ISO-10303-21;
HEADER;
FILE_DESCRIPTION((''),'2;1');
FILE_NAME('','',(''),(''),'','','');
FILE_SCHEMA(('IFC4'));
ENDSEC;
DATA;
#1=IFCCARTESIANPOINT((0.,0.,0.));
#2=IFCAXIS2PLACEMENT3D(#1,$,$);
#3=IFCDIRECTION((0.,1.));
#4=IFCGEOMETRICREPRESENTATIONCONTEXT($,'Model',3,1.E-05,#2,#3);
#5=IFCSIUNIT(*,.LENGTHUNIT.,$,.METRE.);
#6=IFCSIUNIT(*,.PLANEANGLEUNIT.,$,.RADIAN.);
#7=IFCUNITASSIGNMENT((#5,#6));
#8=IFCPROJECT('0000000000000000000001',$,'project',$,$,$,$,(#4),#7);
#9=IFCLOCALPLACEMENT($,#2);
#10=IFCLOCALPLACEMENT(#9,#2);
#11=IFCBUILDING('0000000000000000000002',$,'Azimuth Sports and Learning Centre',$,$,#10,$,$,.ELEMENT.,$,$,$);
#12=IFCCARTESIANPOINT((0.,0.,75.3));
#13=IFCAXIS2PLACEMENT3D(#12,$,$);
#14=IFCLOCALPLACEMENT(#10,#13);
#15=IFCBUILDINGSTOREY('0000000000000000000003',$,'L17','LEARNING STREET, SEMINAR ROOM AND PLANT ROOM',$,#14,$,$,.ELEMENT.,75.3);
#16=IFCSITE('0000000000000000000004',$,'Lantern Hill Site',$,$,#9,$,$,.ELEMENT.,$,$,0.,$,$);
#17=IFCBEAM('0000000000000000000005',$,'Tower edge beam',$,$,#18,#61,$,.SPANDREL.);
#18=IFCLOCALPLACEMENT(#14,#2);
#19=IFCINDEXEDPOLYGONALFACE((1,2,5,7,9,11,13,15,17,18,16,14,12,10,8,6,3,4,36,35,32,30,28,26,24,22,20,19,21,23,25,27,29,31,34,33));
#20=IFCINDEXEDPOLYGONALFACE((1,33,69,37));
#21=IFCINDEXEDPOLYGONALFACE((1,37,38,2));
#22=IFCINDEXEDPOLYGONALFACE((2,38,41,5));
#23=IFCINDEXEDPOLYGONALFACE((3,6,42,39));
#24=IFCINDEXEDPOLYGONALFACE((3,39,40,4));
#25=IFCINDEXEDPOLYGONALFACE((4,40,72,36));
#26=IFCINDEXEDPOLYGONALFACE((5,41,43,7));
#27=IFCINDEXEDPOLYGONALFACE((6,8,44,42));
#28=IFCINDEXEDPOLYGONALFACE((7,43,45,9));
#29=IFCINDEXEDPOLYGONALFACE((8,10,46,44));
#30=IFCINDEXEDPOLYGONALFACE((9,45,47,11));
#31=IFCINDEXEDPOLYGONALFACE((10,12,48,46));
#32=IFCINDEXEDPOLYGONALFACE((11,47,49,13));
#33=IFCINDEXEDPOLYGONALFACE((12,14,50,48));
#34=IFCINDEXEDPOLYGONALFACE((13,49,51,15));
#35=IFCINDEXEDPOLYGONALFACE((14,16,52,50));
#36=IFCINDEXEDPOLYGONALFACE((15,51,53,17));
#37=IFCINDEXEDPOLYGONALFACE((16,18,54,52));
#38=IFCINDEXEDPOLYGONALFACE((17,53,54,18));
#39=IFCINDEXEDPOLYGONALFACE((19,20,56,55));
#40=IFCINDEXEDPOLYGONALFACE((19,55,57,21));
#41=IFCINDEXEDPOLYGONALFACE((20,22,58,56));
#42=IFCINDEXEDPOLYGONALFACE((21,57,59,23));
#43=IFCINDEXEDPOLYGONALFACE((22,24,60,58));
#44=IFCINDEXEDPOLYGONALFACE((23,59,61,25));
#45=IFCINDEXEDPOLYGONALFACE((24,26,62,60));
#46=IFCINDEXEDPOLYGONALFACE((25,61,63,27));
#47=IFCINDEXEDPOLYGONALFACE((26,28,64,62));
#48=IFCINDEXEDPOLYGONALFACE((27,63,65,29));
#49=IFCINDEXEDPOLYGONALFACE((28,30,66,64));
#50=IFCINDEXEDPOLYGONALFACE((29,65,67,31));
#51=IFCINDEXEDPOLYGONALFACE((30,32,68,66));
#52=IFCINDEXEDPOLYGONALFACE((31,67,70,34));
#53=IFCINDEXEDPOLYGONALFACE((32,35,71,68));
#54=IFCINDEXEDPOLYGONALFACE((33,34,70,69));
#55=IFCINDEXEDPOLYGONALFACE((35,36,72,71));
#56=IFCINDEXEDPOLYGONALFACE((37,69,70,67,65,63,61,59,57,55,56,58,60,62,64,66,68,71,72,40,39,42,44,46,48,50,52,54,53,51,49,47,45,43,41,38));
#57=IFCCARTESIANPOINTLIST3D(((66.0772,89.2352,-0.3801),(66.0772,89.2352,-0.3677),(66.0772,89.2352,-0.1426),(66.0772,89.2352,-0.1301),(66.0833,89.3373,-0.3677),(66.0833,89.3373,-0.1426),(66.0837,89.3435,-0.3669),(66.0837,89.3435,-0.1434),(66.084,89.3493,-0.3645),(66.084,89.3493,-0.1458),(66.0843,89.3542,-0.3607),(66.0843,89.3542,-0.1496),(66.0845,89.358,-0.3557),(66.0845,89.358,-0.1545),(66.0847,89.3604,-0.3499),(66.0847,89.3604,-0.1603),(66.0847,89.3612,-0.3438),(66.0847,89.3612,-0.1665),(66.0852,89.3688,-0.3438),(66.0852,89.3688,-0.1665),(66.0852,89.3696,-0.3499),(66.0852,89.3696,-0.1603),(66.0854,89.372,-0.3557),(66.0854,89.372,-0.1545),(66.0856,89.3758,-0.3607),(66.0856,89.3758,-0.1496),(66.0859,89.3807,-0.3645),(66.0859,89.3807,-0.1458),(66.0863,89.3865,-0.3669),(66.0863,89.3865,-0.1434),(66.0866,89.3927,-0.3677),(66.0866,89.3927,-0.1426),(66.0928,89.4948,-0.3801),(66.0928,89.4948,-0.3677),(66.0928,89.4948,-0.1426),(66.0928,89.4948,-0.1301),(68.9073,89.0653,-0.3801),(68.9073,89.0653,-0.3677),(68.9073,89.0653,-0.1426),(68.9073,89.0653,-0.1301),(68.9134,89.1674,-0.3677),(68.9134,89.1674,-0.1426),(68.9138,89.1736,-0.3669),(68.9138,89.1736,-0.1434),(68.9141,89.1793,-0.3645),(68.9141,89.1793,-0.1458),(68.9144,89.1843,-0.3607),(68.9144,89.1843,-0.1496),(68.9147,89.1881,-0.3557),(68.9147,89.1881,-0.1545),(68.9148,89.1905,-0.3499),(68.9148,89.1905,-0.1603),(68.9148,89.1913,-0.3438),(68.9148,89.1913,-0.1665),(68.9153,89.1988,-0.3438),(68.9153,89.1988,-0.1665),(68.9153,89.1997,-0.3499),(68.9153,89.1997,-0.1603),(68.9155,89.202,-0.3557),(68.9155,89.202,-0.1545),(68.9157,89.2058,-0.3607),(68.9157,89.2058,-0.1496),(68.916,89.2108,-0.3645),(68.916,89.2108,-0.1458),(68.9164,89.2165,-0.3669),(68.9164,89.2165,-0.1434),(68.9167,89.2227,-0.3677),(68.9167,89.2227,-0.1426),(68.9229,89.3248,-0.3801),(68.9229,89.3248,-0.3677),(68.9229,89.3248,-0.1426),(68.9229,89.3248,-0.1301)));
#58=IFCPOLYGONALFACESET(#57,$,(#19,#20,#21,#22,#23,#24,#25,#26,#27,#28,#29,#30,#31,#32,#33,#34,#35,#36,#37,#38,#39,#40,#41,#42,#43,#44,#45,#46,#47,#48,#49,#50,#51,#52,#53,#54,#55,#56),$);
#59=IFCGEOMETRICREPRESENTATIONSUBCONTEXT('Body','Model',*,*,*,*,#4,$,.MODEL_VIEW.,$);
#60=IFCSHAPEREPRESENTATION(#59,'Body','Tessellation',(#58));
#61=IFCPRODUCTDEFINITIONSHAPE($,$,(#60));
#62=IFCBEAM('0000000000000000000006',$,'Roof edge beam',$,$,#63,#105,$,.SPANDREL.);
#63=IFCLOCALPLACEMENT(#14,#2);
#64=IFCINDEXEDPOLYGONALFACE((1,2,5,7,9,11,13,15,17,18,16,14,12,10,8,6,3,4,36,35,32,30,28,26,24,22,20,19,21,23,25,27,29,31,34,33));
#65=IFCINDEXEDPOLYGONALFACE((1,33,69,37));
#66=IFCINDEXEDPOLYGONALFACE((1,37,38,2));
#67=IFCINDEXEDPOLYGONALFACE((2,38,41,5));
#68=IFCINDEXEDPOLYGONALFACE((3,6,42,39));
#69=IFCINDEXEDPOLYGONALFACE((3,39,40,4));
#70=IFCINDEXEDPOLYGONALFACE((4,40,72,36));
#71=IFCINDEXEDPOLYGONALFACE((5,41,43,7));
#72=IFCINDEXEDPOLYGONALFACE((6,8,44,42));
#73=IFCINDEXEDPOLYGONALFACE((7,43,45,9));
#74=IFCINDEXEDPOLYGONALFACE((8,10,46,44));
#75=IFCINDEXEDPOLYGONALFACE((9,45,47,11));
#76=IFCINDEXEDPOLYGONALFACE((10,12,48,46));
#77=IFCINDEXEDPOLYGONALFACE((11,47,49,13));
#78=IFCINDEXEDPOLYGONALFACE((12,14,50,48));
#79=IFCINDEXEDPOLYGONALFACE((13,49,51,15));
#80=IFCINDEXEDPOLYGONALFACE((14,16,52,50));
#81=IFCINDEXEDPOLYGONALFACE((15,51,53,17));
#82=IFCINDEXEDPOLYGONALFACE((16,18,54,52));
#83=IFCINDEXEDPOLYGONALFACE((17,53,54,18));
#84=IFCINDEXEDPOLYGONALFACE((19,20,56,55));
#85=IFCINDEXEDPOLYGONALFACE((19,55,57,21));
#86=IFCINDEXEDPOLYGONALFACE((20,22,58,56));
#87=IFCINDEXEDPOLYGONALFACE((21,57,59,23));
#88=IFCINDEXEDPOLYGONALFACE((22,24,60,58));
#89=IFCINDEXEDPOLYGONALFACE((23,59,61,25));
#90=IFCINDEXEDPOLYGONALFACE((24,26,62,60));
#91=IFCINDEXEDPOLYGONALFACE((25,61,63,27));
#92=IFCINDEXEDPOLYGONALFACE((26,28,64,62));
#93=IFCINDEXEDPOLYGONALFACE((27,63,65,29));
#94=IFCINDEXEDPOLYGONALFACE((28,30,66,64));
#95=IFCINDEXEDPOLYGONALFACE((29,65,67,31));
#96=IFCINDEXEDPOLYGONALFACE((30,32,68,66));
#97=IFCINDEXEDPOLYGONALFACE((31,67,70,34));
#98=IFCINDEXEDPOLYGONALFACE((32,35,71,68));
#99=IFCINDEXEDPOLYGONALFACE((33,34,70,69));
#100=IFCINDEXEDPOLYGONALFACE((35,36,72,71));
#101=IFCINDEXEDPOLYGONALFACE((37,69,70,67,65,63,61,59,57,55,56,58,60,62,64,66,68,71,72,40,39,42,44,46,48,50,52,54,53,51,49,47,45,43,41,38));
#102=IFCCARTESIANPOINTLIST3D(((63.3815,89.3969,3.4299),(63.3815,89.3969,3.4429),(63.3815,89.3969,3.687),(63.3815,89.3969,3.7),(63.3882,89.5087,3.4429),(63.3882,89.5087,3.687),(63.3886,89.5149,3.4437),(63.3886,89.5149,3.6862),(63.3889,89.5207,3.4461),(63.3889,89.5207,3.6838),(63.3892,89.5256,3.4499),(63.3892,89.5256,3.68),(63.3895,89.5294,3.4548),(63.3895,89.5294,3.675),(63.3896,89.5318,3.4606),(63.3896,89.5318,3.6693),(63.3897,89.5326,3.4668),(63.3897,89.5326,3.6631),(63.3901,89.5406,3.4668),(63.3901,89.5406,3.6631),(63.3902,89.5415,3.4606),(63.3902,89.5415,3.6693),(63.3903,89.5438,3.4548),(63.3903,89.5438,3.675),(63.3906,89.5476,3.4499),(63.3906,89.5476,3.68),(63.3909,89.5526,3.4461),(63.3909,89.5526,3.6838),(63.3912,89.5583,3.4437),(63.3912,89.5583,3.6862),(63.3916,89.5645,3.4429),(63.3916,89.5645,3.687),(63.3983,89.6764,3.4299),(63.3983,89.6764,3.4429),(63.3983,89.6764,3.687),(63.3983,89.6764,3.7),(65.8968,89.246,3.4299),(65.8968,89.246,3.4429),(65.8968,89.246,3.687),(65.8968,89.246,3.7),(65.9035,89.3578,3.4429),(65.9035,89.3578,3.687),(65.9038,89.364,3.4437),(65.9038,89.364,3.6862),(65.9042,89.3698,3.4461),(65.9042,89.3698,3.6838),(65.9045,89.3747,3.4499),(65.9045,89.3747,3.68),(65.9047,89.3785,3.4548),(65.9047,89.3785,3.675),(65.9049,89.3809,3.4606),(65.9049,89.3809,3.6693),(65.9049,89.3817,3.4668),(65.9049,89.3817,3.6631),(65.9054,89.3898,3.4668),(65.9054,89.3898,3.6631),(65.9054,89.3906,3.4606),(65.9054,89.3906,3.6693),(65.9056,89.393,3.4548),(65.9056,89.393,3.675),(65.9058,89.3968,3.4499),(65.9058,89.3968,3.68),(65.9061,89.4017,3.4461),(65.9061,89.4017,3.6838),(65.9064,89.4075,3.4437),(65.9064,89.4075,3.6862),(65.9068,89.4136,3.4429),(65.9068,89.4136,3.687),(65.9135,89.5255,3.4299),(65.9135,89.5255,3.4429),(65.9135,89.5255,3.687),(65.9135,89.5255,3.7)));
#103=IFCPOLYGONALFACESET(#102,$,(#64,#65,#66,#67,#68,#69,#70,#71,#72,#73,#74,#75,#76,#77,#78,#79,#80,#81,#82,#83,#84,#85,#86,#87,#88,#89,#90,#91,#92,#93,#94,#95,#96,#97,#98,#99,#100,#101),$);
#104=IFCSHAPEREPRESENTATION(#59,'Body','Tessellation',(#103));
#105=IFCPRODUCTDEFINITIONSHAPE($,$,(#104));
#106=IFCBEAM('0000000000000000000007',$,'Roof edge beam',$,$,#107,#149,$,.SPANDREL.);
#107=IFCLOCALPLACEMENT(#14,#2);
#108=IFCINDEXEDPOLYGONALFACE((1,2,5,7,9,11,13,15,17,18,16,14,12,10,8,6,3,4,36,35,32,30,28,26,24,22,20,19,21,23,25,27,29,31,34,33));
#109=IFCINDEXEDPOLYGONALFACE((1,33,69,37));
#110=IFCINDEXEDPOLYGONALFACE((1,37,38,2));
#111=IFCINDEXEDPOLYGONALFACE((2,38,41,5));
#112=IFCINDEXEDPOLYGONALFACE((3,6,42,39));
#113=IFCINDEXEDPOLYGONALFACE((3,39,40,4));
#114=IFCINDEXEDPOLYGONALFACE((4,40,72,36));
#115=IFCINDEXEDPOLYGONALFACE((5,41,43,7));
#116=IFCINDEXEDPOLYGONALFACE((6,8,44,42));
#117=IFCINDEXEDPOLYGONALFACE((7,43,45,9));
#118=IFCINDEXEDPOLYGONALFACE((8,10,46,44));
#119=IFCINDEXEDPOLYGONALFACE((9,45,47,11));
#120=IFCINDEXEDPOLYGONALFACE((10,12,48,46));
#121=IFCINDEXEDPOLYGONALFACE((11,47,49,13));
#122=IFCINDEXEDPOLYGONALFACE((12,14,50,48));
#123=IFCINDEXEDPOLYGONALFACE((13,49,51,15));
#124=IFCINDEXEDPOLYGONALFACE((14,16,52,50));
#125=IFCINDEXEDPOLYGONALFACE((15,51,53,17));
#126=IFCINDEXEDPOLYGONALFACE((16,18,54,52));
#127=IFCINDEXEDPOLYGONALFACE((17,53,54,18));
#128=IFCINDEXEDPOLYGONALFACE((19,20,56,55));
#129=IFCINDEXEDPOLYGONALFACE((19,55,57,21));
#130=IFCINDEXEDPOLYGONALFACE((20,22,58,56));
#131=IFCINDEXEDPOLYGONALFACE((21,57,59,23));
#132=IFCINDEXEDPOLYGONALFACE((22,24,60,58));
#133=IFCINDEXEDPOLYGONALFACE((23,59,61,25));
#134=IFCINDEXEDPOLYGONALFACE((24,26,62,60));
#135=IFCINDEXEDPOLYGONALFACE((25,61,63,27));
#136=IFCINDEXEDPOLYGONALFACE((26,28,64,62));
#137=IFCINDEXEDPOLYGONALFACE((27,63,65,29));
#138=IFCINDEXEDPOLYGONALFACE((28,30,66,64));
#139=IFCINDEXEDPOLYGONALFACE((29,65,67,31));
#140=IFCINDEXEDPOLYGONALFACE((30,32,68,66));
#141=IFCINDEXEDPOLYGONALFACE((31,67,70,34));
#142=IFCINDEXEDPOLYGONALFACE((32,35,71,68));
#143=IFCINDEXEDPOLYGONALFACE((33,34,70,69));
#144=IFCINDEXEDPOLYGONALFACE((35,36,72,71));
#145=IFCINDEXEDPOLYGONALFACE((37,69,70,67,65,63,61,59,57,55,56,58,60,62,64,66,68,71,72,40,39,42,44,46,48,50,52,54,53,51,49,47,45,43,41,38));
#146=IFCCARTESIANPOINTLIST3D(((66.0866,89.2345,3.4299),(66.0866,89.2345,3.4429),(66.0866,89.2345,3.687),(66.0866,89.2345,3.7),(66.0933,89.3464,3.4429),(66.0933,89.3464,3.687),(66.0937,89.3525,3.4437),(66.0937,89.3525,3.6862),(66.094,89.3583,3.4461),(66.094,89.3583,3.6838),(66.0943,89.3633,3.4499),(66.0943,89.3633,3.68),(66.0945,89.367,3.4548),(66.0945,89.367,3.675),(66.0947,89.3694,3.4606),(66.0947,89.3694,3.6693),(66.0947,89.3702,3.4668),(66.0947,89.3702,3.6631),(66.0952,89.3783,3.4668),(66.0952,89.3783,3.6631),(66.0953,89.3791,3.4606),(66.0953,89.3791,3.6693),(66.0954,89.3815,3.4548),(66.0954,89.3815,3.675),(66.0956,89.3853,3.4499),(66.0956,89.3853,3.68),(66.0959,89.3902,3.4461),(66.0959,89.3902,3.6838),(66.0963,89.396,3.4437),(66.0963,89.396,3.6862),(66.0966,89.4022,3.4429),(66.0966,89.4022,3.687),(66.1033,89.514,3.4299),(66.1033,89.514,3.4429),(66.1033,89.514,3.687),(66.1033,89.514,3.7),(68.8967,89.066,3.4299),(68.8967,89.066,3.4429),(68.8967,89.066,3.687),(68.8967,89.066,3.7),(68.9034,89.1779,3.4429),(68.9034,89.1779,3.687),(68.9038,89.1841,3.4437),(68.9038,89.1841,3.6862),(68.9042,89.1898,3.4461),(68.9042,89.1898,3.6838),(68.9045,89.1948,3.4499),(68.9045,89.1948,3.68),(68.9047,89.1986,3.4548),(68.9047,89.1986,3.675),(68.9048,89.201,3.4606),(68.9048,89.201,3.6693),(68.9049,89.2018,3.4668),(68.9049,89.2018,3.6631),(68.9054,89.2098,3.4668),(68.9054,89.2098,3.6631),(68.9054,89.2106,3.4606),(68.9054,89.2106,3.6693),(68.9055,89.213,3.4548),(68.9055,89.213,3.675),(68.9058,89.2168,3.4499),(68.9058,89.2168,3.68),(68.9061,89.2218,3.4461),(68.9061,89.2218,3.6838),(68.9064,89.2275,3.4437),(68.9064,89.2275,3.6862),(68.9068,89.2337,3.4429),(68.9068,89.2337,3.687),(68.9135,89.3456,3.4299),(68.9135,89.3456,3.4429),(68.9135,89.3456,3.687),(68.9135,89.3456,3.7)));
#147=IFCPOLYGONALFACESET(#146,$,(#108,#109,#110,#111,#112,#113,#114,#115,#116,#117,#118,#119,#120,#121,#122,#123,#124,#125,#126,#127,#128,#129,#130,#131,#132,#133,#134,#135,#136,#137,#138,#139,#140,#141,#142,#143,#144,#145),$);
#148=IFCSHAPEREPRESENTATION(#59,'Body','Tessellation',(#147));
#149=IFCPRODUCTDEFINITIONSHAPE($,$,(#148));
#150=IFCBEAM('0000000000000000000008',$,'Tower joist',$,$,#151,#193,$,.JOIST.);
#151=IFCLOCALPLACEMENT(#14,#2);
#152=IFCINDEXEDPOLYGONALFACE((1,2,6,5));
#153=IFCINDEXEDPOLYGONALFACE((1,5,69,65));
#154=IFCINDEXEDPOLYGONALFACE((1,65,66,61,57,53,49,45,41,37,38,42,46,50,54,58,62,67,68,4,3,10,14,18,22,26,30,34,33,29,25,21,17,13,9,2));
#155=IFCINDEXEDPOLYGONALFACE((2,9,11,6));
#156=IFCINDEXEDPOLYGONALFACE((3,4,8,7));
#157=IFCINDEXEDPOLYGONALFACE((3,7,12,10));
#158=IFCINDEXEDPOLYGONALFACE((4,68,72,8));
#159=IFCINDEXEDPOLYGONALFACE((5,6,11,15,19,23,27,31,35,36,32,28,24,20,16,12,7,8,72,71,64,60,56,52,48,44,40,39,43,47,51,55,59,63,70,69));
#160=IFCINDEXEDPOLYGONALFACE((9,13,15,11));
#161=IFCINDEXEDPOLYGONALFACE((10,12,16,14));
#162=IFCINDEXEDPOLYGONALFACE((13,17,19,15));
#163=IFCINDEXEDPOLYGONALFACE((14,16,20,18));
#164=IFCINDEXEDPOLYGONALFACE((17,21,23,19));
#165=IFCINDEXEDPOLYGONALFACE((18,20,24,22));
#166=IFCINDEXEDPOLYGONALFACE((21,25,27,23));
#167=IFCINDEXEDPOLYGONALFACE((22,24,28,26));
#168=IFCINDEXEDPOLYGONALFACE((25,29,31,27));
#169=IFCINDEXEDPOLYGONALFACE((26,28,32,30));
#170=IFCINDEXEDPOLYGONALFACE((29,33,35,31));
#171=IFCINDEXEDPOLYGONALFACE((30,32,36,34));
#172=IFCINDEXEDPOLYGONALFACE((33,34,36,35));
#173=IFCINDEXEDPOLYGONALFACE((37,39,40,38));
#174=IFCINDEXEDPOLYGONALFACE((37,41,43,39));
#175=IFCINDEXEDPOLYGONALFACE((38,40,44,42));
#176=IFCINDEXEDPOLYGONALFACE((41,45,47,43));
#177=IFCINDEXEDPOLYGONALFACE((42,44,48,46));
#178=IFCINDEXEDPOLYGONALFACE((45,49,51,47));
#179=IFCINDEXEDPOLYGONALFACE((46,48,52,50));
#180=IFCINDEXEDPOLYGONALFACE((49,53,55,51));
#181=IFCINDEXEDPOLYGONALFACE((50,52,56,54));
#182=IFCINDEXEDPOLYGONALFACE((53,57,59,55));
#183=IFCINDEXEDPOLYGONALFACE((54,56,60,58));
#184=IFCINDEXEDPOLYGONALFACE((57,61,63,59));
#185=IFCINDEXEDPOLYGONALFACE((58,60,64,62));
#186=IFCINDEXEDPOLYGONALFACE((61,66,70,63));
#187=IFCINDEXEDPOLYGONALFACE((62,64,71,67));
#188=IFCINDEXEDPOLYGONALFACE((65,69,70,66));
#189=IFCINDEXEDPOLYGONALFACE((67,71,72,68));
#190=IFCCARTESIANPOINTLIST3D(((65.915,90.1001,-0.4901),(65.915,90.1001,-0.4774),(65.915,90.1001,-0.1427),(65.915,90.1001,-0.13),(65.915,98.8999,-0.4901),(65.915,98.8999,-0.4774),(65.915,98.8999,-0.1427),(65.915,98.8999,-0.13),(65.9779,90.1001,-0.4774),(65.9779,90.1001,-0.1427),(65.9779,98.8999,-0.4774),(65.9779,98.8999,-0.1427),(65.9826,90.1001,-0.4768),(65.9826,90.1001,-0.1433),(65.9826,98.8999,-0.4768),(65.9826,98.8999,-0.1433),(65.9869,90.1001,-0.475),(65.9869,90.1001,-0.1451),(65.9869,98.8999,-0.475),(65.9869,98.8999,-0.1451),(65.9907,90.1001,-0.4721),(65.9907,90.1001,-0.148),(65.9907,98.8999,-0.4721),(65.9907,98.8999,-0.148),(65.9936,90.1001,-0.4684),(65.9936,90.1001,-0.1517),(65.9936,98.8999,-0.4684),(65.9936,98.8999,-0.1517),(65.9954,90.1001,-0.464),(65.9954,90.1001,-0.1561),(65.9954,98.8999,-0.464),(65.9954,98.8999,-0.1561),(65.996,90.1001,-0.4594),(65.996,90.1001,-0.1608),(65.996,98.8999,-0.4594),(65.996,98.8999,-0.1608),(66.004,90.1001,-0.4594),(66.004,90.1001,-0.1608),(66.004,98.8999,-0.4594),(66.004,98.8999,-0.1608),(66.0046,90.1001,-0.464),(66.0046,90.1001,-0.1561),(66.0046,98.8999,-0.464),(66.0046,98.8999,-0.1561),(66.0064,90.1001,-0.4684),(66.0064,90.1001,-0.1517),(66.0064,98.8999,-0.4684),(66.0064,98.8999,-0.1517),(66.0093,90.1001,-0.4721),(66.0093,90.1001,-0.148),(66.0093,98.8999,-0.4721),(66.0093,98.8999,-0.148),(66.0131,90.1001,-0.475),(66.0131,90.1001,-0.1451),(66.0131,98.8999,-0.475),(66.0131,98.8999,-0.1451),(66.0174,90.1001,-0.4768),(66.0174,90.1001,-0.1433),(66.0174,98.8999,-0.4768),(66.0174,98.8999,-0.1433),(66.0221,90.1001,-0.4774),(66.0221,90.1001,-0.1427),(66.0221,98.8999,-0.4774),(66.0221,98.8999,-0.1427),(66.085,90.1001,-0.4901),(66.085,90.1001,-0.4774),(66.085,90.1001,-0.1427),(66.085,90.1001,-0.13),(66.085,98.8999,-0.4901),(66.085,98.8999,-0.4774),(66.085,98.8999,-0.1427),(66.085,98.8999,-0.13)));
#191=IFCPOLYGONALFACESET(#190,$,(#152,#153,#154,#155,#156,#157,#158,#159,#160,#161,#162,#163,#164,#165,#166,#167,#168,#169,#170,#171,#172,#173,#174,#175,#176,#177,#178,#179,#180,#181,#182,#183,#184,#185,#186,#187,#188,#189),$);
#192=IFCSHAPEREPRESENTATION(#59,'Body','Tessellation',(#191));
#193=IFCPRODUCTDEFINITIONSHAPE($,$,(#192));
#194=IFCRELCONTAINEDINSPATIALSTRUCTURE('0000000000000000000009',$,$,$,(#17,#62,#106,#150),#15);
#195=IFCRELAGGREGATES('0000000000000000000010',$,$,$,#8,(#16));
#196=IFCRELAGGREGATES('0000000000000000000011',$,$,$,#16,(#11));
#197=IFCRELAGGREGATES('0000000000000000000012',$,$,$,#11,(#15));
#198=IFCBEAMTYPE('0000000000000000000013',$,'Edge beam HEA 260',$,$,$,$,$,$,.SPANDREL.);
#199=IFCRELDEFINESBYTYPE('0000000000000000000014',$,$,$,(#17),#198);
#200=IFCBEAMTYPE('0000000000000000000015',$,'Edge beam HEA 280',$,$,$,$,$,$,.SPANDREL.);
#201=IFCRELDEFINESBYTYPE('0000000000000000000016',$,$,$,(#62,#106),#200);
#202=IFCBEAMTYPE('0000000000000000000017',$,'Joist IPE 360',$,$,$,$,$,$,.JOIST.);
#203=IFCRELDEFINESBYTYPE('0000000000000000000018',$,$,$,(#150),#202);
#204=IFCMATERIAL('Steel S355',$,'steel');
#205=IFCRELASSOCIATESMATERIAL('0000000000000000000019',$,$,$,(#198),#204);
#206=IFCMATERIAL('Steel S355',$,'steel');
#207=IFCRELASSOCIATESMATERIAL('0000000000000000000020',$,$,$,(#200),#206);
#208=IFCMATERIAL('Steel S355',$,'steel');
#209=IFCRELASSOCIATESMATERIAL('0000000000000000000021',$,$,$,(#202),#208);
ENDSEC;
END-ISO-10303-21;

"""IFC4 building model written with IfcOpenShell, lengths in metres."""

from ifc_helpers import new_model, si_unit, direction, frame, origin, origin_2d, place, context, subcontext, project, spatial, i_section, extrude, material, material_profile, profile_set, type_object, element, save


model = new_model("IFC4")

# Units and contexts
model_context = context("Model", 3, precision=1e-05, world=origin(), true_north=direction((0.0, 1.0)))
body_context = subcontext(model_context, "Body", "Model", "MODEL_VIEW")
ifc_project = project(units=[si_unit("LENGTHUNIT", "METRE"), si_unit("PLANEANGLEUNIT", "RADIAN")], contexts=[model_context])

# Site, building, storey
site_placement = place(None, origin())
site = spatial("IfcSite", under=ifc_project, at=site_placement, Name="Lantern Hill Site", CompositionType="ELEMENT", RefElevation=0.0)
building_placement = place(site_placement, origin())
building = spatial("IfcBuilding", under=site, at=building_placement, Name="Azimuth Sports and Learning Centre", CompositionType="ELEMENT")
storey_placement = place(building_placement, frame((0.0, 0.0, 75.3)))
storey = spatial("IfcBuildingStorey", under=building, at=storey_placement, Name="L17", Description="LEARNING STREET, SEMINAR ROOM AND PLANT ROOM", CompositionType="ELEMENT", Elevation=75.3)

# Beams
ifc_material_1 = material(Name="Steel S355", Category="steel")
ifc_material_profile_1 = material_profile(ifc_material_1, i_section(OverallWidth=0.26, OverallDepth=0.25, WebThickness=0.0076, FlangeThickness=0.0125, FilletRadius=0.0239, at=origin_2d()), Name="HEA 260")
ifc_profile_set_1 = profile_set([ifc_material_profile_1], Name="Steel S355")
beam_type_1 = type_object("IfcBeamType", Name="Edge beam HEA 260", PredefinedType="SPANDREL", material=ifc_profile_set_1)
beam_1_placement = place(storey_placement, frame((66.085, 89.365, -0.2551), z_axis=(0.998202, -0.059933, 0.0), x_axis=(0.059933, 0.998202, 0.0)))
element("IfcBeam", 1, at=beam_1_placement, inside=storey, type_object=beam_type_1, Name="Tower edge beam", PredefinedType="SPANDREL", context=body_context, shape_type="SweptSolid", body=[
    extrude(i_section(OverallWidth=0.26, OverallDepth=0.25, WebThickness=0.0076, FlangeThickness=0.0125, FilletRadius=0.0239, at=origin_2d()), origin(), (0.0, 0.0, 1.0), 2.8352),
])
ifc_material_2 = material(Name="Steel S355", Category="steel")
ifc_material_profile_2 = material_profile(ifc_material_2, i_section(OverallWidth=0.28, OverallDepth=0.27, WebThickness=0.0081, FlangeThickness=0.0129, FilletRadius=0.0239, at=origin_2d()), Name="HEA 280")
ifc_profile_set_2 = profile_set([ifc_material_profile_2], Name="Steel S355")
beam_type_2 = type_object("IfcBeamType", Name="Edge beam HEA 280", PredefinedType="SPANDREL", material=ifc_profile_set_2)
beam_2_placement = place(storey_placement, frame((63.3899, 89.5366, 3.5649), z_axis=(0.998206, -0.059881, 0.0), x_axis=(0.059881, 0.998206, 0.0)))
element("IfcBeam", 2, at=beam_2_placement, inside=storey, type_object=beam_type_2, Name="Roof edge beam", PredefinedType="SPANDREL", context=body_context, shape_type="SweptSolid", body=[
    extrude(i_section(OverallWidth=0.28, OverallDepth=0.27, WebThickness=0.0081, FlangeThickness=0.0129, FilletRadius=0.0239, at=origin_2d()), origin(), (0.0, 0.0, 1.0), 2.5198),
])
beam_3_placement = place(storey_placement, frame((66.095, 89.3743, 3.5649), z_axis=(0.998208, -0.05984, 0.0), x_axis=(0.05984, 0.998208, 0.0)))
element("IfcBeam", 3, at=beam_3_placement, inside=storey, type_object=beam_type_2, Name="Roof edge beam", PredefinedType="SPANDREL", context=body_context, shape_type="SweptSolid", body=[
    extrude(i_section(OverallWidth=0.28, OverallDepth=0.27, WebThickness=0.0081, FlangeThickness=0.0129, FilletRadius=0.0239, at=origin_2d()), origin(), (0.0, 0.0, 1.0), 2.8152),
])
ifc_material_3 = material(Name="Steel S355", Category="steel")
ifc_material_profile_3 = material_profile(ifc_material_3, i_section(OverallWidth=0.1699, OverallDepth=0.3601, WebThickness=0.0081, FlangeThickness=0.0127, FilletRadius=0.0181, at=origin_2d()), Name="IPE 360")
ifc_profile_set_3 = profile_set([ifc_material_profile_3], Name="Steel S355")
beam_type_3 = type_object("IfcBeamType", Name="Joist IPE 360", PredefinedType="JOIST", material=ifc_profile_set_3)
beam_4_placement = place(storey_placement, frame((66.0, 90.1001, -0.3101), z_axis=(0.0, 1.0, 0.0), x_axis=(-1.0, 0.0, 0.0)))
element("IfcBeam", 4, at=beam_4_placement, inside=storey, type_object=beam_type_3, Name="Tower joist", PredefinedType="JOIST", context=body_context, shape_type="SweptSolid", body=[
    extrude(i_section(OverallWidth=0.1699, OverallDepth=0.3601, WebThickness=0.0081, FlangeThickness=0.0127, FilletRadius=0.0181, at=origin_2d()), origin(), (0.0, 0.0, 1.0), 8.7998),
])

save(model, "model.ifc")
